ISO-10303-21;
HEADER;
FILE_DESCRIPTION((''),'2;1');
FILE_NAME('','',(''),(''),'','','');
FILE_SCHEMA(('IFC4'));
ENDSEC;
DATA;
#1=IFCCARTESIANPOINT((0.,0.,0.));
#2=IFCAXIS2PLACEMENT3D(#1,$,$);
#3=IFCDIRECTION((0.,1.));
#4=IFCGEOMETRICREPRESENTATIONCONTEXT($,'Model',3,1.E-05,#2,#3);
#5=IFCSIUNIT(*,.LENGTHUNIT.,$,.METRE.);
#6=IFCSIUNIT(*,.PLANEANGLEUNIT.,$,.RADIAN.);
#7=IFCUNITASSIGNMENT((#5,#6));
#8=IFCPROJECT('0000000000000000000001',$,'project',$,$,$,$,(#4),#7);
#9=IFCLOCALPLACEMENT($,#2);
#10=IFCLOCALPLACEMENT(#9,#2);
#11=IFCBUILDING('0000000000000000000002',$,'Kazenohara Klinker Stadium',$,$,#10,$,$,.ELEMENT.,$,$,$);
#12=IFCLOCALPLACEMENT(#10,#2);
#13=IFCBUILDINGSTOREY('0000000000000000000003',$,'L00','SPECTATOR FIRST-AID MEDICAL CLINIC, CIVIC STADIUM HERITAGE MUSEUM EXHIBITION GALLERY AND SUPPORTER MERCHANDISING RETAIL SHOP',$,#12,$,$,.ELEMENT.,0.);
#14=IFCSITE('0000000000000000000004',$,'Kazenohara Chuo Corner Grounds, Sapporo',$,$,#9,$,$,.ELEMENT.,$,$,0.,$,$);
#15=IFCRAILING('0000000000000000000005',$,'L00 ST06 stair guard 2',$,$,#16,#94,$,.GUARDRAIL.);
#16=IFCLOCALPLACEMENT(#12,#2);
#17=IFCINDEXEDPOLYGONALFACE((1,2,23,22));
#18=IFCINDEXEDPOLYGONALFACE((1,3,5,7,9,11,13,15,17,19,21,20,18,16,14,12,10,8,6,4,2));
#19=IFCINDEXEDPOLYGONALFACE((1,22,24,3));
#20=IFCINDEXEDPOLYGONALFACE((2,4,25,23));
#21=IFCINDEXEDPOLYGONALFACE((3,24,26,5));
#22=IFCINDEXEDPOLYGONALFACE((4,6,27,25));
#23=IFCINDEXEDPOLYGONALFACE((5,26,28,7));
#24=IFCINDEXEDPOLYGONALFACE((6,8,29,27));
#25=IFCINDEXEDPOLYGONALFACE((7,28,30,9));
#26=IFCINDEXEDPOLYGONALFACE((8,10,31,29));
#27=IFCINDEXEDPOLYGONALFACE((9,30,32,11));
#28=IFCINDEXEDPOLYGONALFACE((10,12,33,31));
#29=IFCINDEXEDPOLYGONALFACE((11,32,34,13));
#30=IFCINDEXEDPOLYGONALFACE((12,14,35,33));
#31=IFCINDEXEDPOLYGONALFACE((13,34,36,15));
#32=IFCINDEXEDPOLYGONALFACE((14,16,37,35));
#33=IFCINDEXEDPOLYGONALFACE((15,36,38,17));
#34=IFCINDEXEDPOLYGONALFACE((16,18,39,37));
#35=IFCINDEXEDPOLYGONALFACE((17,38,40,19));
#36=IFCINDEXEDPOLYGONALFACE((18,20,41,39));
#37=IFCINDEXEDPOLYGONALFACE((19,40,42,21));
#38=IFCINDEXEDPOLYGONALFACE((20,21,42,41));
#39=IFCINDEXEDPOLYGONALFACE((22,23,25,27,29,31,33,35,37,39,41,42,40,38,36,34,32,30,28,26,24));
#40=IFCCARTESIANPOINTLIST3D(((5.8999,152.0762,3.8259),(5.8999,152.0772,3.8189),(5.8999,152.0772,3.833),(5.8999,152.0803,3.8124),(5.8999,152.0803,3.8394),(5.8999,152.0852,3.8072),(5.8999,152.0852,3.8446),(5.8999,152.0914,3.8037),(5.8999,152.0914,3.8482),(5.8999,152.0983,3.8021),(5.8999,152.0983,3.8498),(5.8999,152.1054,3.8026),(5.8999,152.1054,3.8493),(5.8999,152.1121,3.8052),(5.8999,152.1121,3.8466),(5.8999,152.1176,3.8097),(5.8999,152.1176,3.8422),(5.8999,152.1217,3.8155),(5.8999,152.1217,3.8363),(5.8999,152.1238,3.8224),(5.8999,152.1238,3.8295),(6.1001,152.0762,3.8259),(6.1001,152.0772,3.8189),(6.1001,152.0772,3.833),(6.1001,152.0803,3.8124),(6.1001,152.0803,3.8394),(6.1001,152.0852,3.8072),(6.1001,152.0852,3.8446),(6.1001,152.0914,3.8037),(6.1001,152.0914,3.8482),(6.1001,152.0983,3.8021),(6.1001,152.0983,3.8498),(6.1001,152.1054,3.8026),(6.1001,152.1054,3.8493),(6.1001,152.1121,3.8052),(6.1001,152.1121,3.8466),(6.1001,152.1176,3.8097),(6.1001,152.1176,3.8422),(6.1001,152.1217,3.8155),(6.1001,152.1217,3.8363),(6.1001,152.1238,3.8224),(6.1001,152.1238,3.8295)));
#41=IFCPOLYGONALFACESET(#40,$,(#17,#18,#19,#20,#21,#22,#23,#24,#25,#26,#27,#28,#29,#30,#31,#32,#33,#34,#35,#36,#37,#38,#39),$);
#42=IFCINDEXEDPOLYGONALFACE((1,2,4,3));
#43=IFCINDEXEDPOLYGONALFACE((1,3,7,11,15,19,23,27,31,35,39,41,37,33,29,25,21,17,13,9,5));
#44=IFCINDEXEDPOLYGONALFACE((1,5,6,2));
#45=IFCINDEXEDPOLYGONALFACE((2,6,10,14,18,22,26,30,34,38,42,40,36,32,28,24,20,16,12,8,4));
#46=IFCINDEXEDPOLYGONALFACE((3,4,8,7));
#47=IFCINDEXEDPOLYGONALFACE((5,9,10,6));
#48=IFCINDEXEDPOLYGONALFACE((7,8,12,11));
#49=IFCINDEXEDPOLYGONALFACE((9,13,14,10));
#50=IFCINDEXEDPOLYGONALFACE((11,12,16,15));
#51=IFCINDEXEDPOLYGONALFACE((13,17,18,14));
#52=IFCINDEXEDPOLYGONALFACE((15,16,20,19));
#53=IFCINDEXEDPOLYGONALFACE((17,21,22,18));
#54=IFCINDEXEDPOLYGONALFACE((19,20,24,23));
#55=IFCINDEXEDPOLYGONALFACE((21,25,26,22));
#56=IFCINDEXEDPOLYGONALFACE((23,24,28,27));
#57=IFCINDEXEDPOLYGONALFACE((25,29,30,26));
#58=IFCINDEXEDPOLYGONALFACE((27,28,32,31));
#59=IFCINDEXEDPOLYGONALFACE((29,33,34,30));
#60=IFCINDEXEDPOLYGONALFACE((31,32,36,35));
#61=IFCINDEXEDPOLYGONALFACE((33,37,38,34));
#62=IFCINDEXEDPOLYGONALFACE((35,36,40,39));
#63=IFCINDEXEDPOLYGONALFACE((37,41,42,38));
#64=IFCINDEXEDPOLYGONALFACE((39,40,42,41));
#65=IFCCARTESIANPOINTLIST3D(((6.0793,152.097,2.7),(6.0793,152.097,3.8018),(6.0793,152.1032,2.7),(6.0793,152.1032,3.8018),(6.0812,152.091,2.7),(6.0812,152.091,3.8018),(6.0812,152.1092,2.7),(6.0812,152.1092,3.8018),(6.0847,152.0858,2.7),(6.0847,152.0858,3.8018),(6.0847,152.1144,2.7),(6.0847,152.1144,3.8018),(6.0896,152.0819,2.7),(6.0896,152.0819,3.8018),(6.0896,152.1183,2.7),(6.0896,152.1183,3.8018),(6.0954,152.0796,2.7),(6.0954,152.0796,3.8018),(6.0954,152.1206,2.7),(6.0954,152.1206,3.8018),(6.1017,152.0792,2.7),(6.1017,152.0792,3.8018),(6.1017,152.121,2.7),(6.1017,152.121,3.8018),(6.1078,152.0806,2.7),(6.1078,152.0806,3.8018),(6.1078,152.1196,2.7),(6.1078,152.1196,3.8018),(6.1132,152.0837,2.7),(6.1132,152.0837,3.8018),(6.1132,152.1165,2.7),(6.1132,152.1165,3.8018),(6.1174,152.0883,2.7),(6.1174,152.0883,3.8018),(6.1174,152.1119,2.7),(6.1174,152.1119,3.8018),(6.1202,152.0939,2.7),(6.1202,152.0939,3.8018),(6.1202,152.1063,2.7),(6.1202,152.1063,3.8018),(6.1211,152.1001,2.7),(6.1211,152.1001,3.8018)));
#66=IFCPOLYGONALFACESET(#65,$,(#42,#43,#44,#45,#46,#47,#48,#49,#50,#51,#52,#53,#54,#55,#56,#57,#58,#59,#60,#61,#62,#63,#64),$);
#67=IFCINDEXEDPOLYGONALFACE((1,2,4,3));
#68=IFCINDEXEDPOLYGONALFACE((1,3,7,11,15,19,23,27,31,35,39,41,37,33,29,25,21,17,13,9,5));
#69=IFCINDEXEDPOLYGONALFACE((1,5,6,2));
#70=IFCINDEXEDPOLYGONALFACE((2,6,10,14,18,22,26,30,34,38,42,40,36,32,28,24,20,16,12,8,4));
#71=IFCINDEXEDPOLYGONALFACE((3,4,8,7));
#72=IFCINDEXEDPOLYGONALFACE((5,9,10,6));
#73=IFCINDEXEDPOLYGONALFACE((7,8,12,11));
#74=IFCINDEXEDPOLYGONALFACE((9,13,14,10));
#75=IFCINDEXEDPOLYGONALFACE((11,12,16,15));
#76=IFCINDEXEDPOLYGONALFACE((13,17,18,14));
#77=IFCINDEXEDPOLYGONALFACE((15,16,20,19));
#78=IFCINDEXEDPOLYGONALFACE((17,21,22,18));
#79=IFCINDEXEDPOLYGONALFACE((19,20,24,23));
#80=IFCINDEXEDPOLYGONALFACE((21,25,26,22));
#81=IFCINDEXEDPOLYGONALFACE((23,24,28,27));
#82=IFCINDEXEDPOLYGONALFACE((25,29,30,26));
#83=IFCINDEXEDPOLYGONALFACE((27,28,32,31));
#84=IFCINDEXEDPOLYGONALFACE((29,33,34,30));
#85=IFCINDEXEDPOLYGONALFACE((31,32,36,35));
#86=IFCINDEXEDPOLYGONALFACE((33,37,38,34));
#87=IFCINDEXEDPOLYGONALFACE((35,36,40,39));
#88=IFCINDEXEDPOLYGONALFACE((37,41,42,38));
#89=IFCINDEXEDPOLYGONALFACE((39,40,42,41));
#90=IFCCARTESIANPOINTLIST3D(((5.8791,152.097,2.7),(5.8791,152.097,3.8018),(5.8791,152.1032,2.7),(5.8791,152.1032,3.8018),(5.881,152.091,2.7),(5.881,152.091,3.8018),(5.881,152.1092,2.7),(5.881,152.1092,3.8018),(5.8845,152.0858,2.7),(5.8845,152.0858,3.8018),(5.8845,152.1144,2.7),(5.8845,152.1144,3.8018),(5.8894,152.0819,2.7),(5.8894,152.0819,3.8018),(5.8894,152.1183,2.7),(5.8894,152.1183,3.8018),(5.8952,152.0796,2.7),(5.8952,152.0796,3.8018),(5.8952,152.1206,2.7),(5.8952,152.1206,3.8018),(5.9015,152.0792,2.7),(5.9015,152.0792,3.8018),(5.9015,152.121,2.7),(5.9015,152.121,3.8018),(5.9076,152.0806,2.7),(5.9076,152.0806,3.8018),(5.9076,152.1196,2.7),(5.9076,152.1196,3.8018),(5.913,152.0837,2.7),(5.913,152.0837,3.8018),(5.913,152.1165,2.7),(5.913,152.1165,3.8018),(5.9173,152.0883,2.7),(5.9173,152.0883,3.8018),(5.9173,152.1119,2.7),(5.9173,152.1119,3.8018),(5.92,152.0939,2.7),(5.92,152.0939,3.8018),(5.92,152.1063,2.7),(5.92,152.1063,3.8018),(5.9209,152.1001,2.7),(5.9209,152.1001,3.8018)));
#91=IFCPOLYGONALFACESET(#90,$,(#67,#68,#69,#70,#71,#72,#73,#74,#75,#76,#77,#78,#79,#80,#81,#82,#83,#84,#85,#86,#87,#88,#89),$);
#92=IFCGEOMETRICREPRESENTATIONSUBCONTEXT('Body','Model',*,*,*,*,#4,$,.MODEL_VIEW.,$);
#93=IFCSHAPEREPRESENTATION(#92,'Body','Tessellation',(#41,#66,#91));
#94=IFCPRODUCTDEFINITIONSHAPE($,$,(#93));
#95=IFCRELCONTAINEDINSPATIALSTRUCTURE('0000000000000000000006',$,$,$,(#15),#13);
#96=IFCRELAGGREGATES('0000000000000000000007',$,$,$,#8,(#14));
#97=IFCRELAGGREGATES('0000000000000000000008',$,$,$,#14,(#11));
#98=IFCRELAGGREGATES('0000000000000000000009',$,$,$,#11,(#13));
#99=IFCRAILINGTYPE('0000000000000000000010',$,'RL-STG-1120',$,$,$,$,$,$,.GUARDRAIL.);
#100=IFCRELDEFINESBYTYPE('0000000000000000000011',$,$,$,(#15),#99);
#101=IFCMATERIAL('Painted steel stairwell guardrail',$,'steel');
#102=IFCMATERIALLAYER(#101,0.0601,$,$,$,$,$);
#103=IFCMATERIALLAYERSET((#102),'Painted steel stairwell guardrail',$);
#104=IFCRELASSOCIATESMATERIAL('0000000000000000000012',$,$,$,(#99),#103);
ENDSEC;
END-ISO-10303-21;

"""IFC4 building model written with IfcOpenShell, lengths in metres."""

from ifc_helpers import new_model, si_unit, direction, frame, origin, origin_2d, place, context, subcontext, project, spatial, circle, extrude, material, layer, layer_set, type_object, element, save


model = new_model("IFC4")

# Units and contexts
model_context = context("Model", 3, precision=1e-05, world=origin(), true_north=direction((0.0, 1.0)))
body_context = subcontext(model_context, "Body", "Model", "MODEL_VIEW")
ifc_project = project(units=[si_unit("LENGTHUNIT", "METRE"), si_unit("PLANEANGLEUNIT", "RADIAN")], contexts=[model_context])

# Site, building, storey
site_placement = place(None, origin())
site = spatial("IfcSite", under=ifc_project, at=site_placement, Name="Kazenohara Chuo Corner Grounds, Sapporo", CompositionType="ELEMENT", RefElevation=0.0)
building_placement = place(site_placement, origin())
building = spatial("IfcBuilding", under=site, at=building_placement, Name="Kazenohara Klinker Stadium", CompositionType="ELEMENT")
storey_placement = place(building_placement, origin())
storey = spatial("IfcBuildingStorey", under=building, at=storey_placement, Name="L00", Description="SPECTATOR FIRST-AID MEDICAL CLINIC, CIVIC STADIUM HERITAGE MUSEUM EXHIBITION GALLERY AND SUPPORTER MERCHANDISING RETAIL SHOP", CompositionType="ELEMENT", Elevation=0.0)

# Railing
ifc_material_1 = material(Name="Painted steel stairwell guardrail", Category="steel")
ifc_layer_1 = layer(ifc_material_1, 0.0601)
ifc_layer_set_1 = layer_set([ifc_layer_1], Name="Painted steel stairwell guardrail")
railing_type_1 = type_object("IfcRailingType", Name="RL-STG-1120", PredefinedType="GUARDRAIL", material=ifc_layer_set_1)
railing_1_placement = place(storey_placement, frame((6.1001, 152.1001, 2.7)))
element("IfcRailing", 1, at=railing_1_placement, inside=storey, type_object=railing_type_1, Name="L00 ST06 stair guard 2", PredefinedType="GUARDRAIL", context=body_context, shape_type="SweptSolid", body=[
    extrude(circle(Radius=0.0239, at=origin_2d()), frame((0.0, 0.0, 1.126), z_axis=(-1.0, 0.0, 0.0), x_axis=(0.0, -1.0, 0.0)), (0.0, 0.0, 1.0), 0.2002),
    extrude(circle(Radius=0.021, at=origin_2d()), origin(), (0.0, 0.0, 1.0), 1.1018),
    extrude(circle(Radius=0.021, at=origin_2d()), frame((-0.2002, 0.0, 0.0)), (0.0, 0.0, 1.0), 1.1018),
])

save(model, "model.ifc")
